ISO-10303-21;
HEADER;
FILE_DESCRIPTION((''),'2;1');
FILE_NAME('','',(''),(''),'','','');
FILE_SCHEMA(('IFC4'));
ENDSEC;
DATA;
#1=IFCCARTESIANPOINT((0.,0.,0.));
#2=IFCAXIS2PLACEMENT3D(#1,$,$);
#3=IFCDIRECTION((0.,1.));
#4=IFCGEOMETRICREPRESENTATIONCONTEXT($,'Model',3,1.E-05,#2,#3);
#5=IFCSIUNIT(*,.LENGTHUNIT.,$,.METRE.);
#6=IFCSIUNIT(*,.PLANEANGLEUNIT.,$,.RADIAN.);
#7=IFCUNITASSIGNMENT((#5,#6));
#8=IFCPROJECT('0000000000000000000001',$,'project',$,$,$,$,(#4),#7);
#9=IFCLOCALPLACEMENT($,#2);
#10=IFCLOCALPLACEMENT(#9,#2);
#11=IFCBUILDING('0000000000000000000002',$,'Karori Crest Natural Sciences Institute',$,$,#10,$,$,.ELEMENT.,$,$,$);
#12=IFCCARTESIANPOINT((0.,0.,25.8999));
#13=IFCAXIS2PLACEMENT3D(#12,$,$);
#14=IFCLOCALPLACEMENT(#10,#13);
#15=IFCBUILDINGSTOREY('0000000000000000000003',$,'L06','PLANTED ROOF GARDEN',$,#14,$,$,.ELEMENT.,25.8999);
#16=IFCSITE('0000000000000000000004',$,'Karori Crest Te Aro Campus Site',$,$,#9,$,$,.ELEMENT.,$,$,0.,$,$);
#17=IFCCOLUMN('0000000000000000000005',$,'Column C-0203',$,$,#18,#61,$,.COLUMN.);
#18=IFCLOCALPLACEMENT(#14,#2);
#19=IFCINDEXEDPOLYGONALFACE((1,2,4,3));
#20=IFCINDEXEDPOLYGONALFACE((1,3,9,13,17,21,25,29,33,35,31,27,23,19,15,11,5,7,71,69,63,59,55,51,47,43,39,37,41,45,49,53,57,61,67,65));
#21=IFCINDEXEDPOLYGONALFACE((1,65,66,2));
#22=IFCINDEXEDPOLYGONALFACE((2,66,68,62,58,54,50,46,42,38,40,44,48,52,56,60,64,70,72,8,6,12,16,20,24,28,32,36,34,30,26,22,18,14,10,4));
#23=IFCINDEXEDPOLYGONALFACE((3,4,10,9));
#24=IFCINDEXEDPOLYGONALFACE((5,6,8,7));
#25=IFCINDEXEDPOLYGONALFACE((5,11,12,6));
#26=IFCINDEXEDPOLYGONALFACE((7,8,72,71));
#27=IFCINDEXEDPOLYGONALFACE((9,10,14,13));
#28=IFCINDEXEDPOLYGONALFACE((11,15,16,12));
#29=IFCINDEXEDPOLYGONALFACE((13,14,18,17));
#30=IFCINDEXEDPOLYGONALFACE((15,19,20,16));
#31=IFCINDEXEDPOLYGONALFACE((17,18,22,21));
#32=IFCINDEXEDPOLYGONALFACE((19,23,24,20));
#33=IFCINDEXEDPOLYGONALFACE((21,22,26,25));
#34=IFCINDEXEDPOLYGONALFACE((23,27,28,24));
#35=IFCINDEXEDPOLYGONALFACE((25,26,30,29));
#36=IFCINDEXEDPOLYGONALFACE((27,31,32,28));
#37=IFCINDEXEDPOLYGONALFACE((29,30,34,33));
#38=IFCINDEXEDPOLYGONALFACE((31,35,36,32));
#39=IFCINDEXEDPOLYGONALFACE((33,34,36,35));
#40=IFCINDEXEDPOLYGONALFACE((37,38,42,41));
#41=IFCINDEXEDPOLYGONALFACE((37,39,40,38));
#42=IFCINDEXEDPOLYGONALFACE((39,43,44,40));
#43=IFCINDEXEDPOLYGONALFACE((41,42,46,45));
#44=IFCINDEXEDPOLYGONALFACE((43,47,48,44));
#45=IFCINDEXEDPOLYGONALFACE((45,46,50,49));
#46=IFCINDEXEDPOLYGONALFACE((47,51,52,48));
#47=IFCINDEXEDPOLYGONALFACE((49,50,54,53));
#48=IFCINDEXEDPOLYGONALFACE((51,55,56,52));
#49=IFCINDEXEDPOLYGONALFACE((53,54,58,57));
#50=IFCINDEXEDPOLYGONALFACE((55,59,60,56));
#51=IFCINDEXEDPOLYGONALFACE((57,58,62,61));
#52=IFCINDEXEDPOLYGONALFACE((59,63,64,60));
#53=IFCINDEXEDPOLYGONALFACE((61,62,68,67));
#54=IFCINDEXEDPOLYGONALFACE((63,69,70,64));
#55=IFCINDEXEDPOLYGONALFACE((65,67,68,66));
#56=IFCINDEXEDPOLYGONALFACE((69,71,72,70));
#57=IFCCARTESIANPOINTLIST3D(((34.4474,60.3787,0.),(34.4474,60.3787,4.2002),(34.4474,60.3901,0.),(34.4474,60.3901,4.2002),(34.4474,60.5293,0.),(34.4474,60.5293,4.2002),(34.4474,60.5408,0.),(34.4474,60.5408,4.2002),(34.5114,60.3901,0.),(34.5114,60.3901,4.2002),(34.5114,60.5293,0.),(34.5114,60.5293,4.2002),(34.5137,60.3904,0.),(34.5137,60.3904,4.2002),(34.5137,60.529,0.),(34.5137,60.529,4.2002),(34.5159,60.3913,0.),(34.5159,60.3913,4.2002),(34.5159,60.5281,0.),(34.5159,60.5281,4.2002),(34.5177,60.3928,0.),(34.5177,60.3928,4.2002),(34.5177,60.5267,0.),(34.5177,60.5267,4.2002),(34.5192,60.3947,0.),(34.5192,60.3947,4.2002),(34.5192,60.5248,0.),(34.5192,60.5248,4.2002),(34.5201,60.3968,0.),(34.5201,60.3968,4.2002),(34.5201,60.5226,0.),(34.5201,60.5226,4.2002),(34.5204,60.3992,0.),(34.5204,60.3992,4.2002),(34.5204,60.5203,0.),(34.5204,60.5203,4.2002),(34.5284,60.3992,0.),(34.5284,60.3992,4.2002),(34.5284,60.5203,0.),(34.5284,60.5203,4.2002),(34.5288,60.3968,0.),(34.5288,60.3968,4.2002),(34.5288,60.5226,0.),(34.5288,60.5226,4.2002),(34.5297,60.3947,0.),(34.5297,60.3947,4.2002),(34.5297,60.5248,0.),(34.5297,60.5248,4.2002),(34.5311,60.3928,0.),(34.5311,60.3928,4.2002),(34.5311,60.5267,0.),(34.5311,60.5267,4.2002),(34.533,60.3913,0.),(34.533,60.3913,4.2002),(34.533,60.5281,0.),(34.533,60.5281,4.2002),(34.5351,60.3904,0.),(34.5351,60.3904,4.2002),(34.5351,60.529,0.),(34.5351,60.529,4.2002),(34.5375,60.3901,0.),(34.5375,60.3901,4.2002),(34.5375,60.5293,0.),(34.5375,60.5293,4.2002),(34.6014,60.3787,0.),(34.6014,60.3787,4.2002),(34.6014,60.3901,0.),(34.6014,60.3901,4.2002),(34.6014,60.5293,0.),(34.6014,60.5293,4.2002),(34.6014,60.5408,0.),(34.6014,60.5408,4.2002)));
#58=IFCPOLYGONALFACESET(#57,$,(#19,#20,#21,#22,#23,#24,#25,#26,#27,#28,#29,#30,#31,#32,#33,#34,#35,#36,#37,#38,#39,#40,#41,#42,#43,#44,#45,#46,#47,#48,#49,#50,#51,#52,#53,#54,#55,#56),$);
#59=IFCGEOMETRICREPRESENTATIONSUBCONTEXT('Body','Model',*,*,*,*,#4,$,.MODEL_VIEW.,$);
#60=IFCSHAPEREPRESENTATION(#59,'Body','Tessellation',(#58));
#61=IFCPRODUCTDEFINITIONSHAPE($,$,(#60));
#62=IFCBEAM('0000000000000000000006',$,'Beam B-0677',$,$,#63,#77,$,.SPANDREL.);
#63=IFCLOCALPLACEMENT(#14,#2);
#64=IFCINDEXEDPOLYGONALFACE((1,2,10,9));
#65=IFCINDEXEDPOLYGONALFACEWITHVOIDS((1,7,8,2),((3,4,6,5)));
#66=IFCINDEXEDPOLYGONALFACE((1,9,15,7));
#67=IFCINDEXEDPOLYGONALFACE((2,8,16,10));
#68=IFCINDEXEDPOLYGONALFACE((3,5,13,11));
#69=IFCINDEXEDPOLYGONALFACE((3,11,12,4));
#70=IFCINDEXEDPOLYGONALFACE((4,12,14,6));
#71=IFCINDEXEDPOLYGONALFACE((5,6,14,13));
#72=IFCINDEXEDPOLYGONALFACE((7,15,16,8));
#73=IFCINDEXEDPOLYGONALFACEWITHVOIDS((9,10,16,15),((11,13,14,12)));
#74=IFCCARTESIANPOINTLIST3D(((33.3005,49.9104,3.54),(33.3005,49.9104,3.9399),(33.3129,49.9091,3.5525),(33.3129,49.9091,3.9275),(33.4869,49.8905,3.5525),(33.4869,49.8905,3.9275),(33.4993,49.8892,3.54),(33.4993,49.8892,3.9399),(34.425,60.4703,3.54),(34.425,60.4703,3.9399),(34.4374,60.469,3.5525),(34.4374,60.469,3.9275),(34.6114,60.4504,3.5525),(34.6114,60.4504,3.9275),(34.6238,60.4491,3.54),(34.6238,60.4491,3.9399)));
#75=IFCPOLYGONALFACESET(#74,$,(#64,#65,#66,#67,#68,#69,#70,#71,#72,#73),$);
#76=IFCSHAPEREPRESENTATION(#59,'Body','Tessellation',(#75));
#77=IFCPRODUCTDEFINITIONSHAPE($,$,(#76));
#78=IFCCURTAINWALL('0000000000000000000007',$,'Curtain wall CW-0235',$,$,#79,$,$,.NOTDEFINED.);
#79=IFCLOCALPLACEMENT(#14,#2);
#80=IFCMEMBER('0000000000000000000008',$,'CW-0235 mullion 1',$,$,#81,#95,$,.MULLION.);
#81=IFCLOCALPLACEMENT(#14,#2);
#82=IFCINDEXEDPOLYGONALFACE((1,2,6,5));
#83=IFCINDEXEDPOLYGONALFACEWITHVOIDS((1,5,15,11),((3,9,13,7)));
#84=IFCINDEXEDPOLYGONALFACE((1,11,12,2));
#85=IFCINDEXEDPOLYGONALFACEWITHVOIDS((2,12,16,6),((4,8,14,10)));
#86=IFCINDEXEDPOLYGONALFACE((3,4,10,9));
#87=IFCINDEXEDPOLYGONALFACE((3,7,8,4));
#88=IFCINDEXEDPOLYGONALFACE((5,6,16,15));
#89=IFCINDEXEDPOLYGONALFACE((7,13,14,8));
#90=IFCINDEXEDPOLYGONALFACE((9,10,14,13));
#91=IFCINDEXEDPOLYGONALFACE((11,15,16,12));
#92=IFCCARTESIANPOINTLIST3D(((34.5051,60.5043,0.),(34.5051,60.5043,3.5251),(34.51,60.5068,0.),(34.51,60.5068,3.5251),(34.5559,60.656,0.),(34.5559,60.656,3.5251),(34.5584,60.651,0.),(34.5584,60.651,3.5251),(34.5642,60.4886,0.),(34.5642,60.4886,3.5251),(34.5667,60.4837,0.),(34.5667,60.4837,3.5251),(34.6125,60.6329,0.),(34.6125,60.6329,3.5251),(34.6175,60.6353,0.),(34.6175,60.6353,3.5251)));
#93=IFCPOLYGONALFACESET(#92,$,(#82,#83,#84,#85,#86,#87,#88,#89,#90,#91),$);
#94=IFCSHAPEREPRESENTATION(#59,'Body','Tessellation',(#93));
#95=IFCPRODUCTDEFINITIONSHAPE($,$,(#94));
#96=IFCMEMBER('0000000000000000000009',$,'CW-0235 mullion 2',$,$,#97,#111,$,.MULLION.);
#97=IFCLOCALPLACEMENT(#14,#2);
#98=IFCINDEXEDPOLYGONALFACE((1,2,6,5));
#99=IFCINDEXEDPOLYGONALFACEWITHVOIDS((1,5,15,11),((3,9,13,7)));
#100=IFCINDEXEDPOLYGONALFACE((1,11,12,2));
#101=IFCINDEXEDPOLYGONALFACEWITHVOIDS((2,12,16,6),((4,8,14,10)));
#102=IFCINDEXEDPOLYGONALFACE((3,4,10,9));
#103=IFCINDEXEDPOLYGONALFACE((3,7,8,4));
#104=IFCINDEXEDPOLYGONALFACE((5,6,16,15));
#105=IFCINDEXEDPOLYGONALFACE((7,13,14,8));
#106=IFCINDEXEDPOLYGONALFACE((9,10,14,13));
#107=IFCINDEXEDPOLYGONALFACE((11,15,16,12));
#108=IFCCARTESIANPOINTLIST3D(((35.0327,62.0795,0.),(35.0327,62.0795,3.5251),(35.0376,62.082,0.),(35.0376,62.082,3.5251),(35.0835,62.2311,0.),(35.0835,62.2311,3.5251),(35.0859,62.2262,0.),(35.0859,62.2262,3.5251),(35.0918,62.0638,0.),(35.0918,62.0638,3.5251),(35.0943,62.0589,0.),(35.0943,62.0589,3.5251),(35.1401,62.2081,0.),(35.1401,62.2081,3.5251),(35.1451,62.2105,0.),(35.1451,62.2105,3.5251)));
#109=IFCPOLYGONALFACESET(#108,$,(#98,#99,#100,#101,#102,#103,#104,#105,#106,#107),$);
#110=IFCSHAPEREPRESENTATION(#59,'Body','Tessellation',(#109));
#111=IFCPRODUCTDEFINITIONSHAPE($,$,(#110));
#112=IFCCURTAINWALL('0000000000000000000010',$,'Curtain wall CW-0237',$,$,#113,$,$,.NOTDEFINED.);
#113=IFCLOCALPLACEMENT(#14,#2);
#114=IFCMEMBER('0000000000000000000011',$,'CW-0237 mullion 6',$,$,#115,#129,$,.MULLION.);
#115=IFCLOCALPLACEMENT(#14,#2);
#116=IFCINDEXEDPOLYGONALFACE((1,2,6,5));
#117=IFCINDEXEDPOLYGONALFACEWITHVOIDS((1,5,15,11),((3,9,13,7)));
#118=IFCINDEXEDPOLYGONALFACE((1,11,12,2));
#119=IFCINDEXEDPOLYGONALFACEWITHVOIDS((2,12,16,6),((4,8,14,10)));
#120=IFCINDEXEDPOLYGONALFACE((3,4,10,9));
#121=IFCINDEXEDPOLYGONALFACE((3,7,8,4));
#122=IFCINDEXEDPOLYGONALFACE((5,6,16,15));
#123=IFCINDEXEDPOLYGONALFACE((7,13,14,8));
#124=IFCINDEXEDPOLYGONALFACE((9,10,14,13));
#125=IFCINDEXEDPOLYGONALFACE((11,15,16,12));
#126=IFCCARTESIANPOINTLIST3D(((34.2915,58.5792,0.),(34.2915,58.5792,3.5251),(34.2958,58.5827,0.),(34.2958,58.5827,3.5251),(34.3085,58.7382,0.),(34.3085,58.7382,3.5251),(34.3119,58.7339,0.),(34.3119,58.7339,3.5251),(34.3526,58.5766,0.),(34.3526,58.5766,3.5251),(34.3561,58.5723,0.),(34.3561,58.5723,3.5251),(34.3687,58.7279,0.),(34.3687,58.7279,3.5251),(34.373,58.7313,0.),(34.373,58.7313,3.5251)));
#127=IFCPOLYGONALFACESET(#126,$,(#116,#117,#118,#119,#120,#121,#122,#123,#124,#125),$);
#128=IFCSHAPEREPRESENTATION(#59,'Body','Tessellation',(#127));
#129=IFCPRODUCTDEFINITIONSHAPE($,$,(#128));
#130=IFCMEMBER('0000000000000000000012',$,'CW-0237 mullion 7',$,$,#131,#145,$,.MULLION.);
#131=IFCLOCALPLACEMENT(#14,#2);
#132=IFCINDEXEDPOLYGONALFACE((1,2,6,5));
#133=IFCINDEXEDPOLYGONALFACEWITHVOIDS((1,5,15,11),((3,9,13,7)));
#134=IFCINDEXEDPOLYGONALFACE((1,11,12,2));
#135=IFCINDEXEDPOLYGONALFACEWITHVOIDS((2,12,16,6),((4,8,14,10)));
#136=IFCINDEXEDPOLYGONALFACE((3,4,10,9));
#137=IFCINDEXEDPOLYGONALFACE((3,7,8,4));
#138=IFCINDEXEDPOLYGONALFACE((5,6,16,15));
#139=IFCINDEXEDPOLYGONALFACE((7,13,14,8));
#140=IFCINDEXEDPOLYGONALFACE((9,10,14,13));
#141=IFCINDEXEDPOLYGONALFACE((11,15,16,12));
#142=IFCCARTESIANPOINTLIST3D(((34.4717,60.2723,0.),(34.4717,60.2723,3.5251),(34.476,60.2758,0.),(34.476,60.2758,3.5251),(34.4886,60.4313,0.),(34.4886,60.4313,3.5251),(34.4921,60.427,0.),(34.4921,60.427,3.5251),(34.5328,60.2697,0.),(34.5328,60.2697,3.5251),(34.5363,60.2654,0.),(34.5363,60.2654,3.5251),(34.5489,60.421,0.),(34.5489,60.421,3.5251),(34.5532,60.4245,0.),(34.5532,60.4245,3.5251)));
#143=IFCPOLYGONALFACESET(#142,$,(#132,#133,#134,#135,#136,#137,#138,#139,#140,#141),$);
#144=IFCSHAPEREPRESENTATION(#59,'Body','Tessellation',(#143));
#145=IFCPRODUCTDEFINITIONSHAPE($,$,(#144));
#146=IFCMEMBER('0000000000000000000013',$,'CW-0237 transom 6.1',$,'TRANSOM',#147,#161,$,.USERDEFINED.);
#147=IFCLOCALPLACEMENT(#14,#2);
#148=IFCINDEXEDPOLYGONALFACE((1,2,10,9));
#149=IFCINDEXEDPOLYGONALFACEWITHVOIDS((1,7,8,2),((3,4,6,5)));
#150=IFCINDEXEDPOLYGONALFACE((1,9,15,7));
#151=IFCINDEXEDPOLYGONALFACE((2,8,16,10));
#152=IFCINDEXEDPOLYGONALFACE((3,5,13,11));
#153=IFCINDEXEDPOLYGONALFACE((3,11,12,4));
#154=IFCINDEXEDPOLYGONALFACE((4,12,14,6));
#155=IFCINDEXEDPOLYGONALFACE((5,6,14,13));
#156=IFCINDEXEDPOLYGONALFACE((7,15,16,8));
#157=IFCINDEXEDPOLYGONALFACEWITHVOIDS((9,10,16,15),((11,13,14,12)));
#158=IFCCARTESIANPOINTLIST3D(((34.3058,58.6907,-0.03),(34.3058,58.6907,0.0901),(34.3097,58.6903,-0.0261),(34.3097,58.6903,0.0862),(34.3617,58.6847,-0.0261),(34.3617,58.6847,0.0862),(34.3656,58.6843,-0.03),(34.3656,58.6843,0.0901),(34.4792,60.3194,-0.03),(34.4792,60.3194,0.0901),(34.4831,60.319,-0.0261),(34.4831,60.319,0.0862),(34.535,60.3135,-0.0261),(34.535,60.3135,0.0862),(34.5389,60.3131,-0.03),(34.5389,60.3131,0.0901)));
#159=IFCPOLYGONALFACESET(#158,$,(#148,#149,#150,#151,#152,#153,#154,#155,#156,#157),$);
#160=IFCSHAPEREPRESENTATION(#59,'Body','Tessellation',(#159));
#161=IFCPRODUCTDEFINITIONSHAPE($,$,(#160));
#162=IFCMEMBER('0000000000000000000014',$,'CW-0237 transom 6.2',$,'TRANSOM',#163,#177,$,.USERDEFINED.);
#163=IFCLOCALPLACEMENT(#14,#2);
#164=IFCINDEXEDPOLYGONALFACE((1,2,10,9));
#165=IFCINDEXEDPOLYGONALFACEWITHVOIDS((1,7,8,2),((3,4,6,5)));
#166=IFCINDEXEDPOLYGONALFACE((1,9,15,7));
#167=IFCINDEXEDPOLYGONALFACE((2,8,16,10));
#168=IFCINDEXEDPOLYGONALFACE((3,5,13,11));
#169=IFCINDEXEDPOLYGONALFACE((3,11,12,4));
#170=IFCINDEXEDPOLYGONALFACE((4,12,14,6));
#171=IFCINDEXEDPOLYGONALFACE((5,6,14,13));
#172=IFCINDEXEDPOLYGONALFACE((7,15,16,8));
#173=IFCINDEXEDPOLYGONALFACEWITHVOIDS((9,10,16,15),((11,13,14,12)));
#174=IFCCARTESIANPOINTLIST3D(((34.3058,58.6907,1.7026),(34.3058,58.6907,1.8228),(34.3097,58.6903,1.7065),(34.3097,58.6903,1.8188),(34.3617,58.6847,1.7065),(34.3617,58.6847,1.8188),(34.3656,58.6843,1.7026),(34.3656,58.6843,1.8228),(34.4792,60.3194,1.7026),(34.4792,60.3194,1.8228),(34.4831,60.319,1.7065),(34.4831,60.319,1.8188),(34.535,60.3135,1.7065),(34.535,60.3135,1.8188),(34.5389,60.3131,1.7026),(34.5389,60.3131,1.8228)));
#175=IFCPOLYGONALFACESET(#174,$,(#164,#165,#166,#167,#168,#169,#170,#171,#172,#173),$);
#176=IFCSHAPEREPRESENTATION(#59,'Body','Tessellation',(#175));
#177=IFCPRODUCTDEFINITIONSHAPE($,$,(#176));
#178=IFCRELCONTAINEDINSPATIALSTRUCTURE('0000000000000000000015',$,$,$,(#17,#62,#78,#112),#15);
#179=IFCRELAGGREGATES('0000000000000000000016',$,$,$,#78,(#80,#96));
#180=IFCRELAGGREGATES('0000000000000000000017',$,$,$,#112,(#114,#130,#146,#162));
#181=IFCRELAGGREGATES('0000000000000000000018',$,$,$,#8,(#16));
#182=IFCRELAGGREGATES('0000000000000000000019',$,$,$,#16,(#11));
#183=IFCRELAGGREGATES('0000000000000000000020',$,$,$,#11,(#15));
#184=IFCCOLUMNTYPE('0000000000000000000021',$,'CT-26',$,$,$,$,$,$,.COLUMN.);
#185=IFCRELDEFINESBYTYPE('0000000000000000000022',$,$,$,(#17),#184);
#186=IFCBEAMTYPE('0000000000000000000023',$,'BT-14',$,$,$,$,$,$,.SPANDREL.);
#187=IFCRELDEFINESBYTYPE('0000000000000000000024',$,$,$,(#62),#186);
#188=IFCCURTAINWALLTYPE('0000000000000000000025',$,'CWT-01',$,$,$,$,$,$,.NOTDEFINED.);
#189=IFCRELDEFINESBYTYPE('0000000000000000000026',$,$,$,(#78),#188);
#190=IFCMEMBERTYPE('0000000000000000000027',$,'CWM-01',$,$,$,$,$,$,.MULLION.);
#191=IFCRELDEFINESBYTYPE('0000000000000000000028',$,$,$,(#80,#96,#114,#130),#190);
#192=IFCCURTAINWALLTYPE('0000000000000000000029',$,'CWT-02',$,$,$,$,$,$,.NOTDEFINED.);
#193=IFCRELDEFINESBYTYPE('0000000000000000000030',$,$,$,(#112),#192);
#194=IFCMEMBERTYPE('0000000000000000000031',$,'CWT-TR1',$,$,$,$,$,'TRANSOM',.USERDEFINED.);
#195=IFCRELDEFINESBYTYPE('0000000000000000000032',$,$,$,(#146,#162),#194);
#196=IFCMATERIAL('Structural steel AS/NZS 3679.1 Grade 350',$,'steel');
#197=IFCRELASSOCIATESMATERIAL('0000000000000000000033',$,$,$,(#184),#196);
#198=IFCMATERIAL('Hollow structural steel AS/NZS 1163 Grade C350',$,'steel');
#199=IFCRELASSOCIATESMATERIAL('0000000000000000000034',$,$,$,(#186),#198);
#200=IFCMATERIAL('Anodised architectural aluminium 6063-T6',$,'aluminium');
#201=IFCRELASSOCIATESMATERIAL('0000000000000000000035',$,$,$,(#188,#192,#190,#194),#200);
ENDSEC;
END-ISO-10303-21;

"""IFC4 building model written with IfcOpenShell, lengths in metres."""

from ifc_helpers import new_model, si_unit, direction, frame, origin, origin_2d, place, context, subcontext, project, spatial, hollow_rectangle, i_section, extrude, material, material_profile, profile_set, type_object, element, aggregate, save


model = new_model("IFC4")

# Units and contexts
model_context = context("Model", 3, precision=1e-05, world=origin(), true_north=direction((0.0, 1.0)))
body_context = subcontext(model_context, "Body", "Model", "MODEL_VIEW")
ifc_project = project(units=[si_unit("LENGTHUNIT", "METRE"), si_unit("PLANEANGLEUNIT", "RADIAN")], contexts=[model_context])

# Site, building, storey
site_placement = place(None, origin())
site = spatial("IfcSite", under=ifc_project, at=site_placement, Name="Karori Crest Te Aro Campus Site", CompositionType="ELEMENT", RefElevation=0.0)
building_placement = place(site_placement, origin())
building = spatial("IfcBuilding", under=site, at=building_placement, Name="Karori Crest Natural Sciences Institute", CompositionType="ELEMENT")
storey_placement = place(building_placement, frame((0.0, 0.0, 25.8999)))
storey = spatial("IfcBuildingStorey", under=building, at=storey_placement, Name="L06", Description="PLANTED ROOF GARDEN", CompositionType="ELEMENT", Elevation=25.8999)

# Column
ifc_material_1 = material(Name="Structural steel AS/NZS 3679.1 Grade 350", Category="steel")
ifc_material_profile_1 = material_profile(ifc_material_1, i_section(OverallWidth=0.1541, OverallDepth=0.1621, WebThickness=0.0081, FlangeThickness=0.0115, FilletRadius=0.009, at=origin_2d()), Name="150UC37.2")
ifc_profile_set_1 = profile_set([ifc_material_profile_1], Name="Structural steel AS/NZS 3679.1 Grade 350")
column_type = type_object("IfcColumnType", Name="CT-26", PredefinedType="COLUMN", material=ifc_profile_set_1)
column_placement = place(storey_placement, frame((34.5244, 60.4597, 0.0), z_axis=(0.0, 0.0, 1.0), x_axis=(1.0, 0.0, 0.0)))
element("IfcColumn", 1, at=column_placement, inside=storey, type_object=column_type, Name="Column C-0203", PredefinedType="COLUMN", context=body_context, shape_type="SweptSolid", body=[
    extrude(i_section(OverallWidth=0.1541, OverallDepth=0.1621, WebThickness=0.0081, FlangeThickness=0.0115, FilletRadius=0.009, at=origin_2d()), origin(), (0.0, 0.0, 1.0), 4.2002),
])

# Beam
ifc_material_2 = material(Name="Hollow structural steel AS/NZS 1163 Grade C350", Category="steel")
ifc_material_profile_2 = material_profile(ifc_material_2, hollow_rectangle(XDim=0.2, YDim=0.3999, WallThickness=0.0125, at=origin_2d()), Name="RHS400x200x12.5")
ifc_profile_set_2 = profile_set([ifc_material_profile_2], Name="Hollow structural steel AS/NZS 1163 Grade C350")
beam_type = type_object("IfcBeamType", Name="BT-14", PredefinedType="SPANDREL", material=ifc_profile_set_2)
beam_placement = place(storey_placement, frame((34.5244, 60.4597, 3.74), z_axis=(-0.105891, -0.994378, 0.0), x_axis=(0.994378, -0.105891, 0.0)))
element("IfcBeam", 2, at=beam_placement, inside=storey, type_object=beam_type, Name="Beam B-0677", PredefinedType="SPANDREL", context=body_context, shape_type="SweptSolid", body=[
    extrude(hollow_rectangle(XDim=0.2, YDim=0.3999, WallThickness=0.0125, at=origin_2d()), origin(), (0.0, 0.0, 1.0), 10.6196),
])

# Curtain walls, members
ifc_material_3 = material(Name="Anodised architectural aluminium 6063-T6", Category="aluminium")
curtain_wall_type_1 = type_object("IfcCurtainWallType", Name="CWT-01", PredefinedType="NOTDEFINED", material=ifc_material_3)
curtain_wall_1_placement = place(storey_placement, origin())
curtain_wall_1 = element("IfcCurtainWall", 3, at=curtain_wall_1_placement, inside=storey, type_object=curtain_wall_type_1, Name="Curtain wall CW-0235", PredefinedType="NOTDEFINED")
ifc_material_profile_3 = material_profile(ifc_material_3, hollow_rectangle(XDim=0.0649, YDim=0.1599, WallThickness=0.0039, at=origin_2d()), Name="CWM160x65x4")
ifc_profile_set_3 = profile_set([ifc_material_profile_3], Name="Anodised architectural aluminium 6063-T6")
member_type_1 = type_object("IfcMemberType", Name="CWM-01", PredefinedType="MULLION", material=ifc_profile_set_3)
member_1_placement = place(storey_placement, frame((34.5613, 60.5698, 0.0), z_axis=(0.0, 0.0, 1.0), x_axis=(-0.948198, 0.31768, 0.0)))
member_1 = element("IfcMember", 4, at=member_1_placement, type_object=member_type_1, Name="CW-0235 mullion 1", PredefinedType="MULLION", context=body_context, shape_type="SweptSolid", body=[
    extrude(hollow_rectangle(XDim=0.0649, YDim=0.1599, WallThickness=0.0039, at=origin_2d()), origin(), (0.0, 0.0, 1.0), 3.5251),
])
member_2_placement = place(storey_placement, frame((35.0889, 62.145, 0.0), z_axis=(0.0, 0.0, 1.0), x_axis=(-0.948198, 0.31768, 0.0)))
member_2 = element("IfcMember", 5, at=member_2_placement, type_object=member_type_1, Name="CW-0235 mullion 2", PredefinedType="MULLION", context=body_context, shape_type="SweptSolid", body=[
    extrude(hollow_rectangle(XDim=0.0649, YDim=0.1599, WallThickness=0.0039, at=origin_2d()), origin(), (0.0, 0.0, 1.0), 3.5251),
])
curtain_wall_type_2 = type_object("IfcCurtainWallType", Name="CWT-02", PredefinedType="NOTDEFINED", material=ifc_material_3)
curtain_wall_2_placement = place(storey_placement, origin())
curtain_wall_2 = element("IfcCurtainWall", 6, at=curtain_wall_2_placement, inside=storey, type_object=curtain_wall_type_2, Name="Curtain wall CW-0237", PredefinedType="NOTDEFINED")
member_3_placement = place(storey_placement, frame((34.3323, 58.6553, 0.0), z_axis=(0.0, 0.0, 1.0), x_axis=(-0.994378, 0.105886, 0.0)))
member_3 = element("IfcMember", 7, at=member_3_placement, type_object=member_type_1, Name="CW-0237 mullion 6", PredefinedType="MULLION", context=body_context, shape_type="SweptSolid", body=[
    extrude(hollow_rectangle(XDim=0.0649, YDim=0.1599, WallThickness=0.0039, at=origin_2d()), origin(), (0.0, 0.0, 1.0), 3.5251),
])
member_4_placement = place(storey_placement, frame((34.5125, 60.3484, 0.0), z_axis=(0.0, 0.0, 1.0), x_axis=(-0.994378, 0.105886, 0.0)))
member_4 = element("IfcMember", 8, at=member_4_placement, type_object=member_type_1, Name="CW-0237 mullion 7", PredefinedType="MULLION", context=body_context, shape_type="SweptSolid", body=[
    extrude(hollow_rectangle(XDim=0.0649, YDim=0.1599, WallThickness=0.0039, at=origin_2d()), origin(), (0.0, 0.0, 1.0), 3.5251),
])
ifc_material_profile_4 = material_profile(ifc_material_3, hollow_rectangle(XDim=0.0601, YDim=0.1201, WallThickness=0.0039, at=origin_2d()), Name="CWT120x60x4")
ifc_profile_set_4 = profile_set([ifc_material_profile_4], Name="Anodised architectural aluminium 6063-T6")
member_type_2 = type_object("IfcMemberType", Name="CWT-TR1", ElementType="TRANSOM", PredefinedType="USERDEFINED", material=ifc_profile_set_4)
member_5_placement = place(storey_placement, frame((34.3357, 58.6875, 0.03), z_axis=(0.105833, 0.994384, 0.0), x_axis=(-0.994384, 0.105833, 0.0)))
member_5 = element("IfcMember", 9, at=member_5_placement, type_object=member_type_2, Name="CW-0237 transom 6.1", ObjectType="TRANSOM", PredefinedType="USERDEFINED", context=body_context, shape_type="SweptSolid", body=[
    extrude(hollow_rectangle(XDim=0.0601, YDim=0.1201, WallThickness=0.0039, at=origin_2d()), origin(), (0.0, 0.0, 1.0), 1.6379),
])
member_6_placement = place(storey_placement, frame((34.3357, 58.6875, 1.7627), z_axis=(0.105833, 0.994384, 0.0), x_axis=(-0.994384, 0.105833, 0.0)))
member_6 = element("IfcMember", 10, at=member_6_placement, type_object=member_type_2, Name="CW-0237 transom 6.2", ObjectType="TRANSOM", PredefinedType="USERDEFINED", context=body_context, shape_type="SweptSolid", body=[
    extrude(hollow_rectangle(XDim=0.0601, YDim=0.1201, WallThickness=0.0039, at=origin_2d()), origin(), (0.0, 0.0, 1.0), 1.6379),
])

aggregate(curtain_wall_1, [member_1, member_2])
aggregate(curtain_wall_2, [member_3, member_4, member_5, member_6])

save(model, "model.ifc")
